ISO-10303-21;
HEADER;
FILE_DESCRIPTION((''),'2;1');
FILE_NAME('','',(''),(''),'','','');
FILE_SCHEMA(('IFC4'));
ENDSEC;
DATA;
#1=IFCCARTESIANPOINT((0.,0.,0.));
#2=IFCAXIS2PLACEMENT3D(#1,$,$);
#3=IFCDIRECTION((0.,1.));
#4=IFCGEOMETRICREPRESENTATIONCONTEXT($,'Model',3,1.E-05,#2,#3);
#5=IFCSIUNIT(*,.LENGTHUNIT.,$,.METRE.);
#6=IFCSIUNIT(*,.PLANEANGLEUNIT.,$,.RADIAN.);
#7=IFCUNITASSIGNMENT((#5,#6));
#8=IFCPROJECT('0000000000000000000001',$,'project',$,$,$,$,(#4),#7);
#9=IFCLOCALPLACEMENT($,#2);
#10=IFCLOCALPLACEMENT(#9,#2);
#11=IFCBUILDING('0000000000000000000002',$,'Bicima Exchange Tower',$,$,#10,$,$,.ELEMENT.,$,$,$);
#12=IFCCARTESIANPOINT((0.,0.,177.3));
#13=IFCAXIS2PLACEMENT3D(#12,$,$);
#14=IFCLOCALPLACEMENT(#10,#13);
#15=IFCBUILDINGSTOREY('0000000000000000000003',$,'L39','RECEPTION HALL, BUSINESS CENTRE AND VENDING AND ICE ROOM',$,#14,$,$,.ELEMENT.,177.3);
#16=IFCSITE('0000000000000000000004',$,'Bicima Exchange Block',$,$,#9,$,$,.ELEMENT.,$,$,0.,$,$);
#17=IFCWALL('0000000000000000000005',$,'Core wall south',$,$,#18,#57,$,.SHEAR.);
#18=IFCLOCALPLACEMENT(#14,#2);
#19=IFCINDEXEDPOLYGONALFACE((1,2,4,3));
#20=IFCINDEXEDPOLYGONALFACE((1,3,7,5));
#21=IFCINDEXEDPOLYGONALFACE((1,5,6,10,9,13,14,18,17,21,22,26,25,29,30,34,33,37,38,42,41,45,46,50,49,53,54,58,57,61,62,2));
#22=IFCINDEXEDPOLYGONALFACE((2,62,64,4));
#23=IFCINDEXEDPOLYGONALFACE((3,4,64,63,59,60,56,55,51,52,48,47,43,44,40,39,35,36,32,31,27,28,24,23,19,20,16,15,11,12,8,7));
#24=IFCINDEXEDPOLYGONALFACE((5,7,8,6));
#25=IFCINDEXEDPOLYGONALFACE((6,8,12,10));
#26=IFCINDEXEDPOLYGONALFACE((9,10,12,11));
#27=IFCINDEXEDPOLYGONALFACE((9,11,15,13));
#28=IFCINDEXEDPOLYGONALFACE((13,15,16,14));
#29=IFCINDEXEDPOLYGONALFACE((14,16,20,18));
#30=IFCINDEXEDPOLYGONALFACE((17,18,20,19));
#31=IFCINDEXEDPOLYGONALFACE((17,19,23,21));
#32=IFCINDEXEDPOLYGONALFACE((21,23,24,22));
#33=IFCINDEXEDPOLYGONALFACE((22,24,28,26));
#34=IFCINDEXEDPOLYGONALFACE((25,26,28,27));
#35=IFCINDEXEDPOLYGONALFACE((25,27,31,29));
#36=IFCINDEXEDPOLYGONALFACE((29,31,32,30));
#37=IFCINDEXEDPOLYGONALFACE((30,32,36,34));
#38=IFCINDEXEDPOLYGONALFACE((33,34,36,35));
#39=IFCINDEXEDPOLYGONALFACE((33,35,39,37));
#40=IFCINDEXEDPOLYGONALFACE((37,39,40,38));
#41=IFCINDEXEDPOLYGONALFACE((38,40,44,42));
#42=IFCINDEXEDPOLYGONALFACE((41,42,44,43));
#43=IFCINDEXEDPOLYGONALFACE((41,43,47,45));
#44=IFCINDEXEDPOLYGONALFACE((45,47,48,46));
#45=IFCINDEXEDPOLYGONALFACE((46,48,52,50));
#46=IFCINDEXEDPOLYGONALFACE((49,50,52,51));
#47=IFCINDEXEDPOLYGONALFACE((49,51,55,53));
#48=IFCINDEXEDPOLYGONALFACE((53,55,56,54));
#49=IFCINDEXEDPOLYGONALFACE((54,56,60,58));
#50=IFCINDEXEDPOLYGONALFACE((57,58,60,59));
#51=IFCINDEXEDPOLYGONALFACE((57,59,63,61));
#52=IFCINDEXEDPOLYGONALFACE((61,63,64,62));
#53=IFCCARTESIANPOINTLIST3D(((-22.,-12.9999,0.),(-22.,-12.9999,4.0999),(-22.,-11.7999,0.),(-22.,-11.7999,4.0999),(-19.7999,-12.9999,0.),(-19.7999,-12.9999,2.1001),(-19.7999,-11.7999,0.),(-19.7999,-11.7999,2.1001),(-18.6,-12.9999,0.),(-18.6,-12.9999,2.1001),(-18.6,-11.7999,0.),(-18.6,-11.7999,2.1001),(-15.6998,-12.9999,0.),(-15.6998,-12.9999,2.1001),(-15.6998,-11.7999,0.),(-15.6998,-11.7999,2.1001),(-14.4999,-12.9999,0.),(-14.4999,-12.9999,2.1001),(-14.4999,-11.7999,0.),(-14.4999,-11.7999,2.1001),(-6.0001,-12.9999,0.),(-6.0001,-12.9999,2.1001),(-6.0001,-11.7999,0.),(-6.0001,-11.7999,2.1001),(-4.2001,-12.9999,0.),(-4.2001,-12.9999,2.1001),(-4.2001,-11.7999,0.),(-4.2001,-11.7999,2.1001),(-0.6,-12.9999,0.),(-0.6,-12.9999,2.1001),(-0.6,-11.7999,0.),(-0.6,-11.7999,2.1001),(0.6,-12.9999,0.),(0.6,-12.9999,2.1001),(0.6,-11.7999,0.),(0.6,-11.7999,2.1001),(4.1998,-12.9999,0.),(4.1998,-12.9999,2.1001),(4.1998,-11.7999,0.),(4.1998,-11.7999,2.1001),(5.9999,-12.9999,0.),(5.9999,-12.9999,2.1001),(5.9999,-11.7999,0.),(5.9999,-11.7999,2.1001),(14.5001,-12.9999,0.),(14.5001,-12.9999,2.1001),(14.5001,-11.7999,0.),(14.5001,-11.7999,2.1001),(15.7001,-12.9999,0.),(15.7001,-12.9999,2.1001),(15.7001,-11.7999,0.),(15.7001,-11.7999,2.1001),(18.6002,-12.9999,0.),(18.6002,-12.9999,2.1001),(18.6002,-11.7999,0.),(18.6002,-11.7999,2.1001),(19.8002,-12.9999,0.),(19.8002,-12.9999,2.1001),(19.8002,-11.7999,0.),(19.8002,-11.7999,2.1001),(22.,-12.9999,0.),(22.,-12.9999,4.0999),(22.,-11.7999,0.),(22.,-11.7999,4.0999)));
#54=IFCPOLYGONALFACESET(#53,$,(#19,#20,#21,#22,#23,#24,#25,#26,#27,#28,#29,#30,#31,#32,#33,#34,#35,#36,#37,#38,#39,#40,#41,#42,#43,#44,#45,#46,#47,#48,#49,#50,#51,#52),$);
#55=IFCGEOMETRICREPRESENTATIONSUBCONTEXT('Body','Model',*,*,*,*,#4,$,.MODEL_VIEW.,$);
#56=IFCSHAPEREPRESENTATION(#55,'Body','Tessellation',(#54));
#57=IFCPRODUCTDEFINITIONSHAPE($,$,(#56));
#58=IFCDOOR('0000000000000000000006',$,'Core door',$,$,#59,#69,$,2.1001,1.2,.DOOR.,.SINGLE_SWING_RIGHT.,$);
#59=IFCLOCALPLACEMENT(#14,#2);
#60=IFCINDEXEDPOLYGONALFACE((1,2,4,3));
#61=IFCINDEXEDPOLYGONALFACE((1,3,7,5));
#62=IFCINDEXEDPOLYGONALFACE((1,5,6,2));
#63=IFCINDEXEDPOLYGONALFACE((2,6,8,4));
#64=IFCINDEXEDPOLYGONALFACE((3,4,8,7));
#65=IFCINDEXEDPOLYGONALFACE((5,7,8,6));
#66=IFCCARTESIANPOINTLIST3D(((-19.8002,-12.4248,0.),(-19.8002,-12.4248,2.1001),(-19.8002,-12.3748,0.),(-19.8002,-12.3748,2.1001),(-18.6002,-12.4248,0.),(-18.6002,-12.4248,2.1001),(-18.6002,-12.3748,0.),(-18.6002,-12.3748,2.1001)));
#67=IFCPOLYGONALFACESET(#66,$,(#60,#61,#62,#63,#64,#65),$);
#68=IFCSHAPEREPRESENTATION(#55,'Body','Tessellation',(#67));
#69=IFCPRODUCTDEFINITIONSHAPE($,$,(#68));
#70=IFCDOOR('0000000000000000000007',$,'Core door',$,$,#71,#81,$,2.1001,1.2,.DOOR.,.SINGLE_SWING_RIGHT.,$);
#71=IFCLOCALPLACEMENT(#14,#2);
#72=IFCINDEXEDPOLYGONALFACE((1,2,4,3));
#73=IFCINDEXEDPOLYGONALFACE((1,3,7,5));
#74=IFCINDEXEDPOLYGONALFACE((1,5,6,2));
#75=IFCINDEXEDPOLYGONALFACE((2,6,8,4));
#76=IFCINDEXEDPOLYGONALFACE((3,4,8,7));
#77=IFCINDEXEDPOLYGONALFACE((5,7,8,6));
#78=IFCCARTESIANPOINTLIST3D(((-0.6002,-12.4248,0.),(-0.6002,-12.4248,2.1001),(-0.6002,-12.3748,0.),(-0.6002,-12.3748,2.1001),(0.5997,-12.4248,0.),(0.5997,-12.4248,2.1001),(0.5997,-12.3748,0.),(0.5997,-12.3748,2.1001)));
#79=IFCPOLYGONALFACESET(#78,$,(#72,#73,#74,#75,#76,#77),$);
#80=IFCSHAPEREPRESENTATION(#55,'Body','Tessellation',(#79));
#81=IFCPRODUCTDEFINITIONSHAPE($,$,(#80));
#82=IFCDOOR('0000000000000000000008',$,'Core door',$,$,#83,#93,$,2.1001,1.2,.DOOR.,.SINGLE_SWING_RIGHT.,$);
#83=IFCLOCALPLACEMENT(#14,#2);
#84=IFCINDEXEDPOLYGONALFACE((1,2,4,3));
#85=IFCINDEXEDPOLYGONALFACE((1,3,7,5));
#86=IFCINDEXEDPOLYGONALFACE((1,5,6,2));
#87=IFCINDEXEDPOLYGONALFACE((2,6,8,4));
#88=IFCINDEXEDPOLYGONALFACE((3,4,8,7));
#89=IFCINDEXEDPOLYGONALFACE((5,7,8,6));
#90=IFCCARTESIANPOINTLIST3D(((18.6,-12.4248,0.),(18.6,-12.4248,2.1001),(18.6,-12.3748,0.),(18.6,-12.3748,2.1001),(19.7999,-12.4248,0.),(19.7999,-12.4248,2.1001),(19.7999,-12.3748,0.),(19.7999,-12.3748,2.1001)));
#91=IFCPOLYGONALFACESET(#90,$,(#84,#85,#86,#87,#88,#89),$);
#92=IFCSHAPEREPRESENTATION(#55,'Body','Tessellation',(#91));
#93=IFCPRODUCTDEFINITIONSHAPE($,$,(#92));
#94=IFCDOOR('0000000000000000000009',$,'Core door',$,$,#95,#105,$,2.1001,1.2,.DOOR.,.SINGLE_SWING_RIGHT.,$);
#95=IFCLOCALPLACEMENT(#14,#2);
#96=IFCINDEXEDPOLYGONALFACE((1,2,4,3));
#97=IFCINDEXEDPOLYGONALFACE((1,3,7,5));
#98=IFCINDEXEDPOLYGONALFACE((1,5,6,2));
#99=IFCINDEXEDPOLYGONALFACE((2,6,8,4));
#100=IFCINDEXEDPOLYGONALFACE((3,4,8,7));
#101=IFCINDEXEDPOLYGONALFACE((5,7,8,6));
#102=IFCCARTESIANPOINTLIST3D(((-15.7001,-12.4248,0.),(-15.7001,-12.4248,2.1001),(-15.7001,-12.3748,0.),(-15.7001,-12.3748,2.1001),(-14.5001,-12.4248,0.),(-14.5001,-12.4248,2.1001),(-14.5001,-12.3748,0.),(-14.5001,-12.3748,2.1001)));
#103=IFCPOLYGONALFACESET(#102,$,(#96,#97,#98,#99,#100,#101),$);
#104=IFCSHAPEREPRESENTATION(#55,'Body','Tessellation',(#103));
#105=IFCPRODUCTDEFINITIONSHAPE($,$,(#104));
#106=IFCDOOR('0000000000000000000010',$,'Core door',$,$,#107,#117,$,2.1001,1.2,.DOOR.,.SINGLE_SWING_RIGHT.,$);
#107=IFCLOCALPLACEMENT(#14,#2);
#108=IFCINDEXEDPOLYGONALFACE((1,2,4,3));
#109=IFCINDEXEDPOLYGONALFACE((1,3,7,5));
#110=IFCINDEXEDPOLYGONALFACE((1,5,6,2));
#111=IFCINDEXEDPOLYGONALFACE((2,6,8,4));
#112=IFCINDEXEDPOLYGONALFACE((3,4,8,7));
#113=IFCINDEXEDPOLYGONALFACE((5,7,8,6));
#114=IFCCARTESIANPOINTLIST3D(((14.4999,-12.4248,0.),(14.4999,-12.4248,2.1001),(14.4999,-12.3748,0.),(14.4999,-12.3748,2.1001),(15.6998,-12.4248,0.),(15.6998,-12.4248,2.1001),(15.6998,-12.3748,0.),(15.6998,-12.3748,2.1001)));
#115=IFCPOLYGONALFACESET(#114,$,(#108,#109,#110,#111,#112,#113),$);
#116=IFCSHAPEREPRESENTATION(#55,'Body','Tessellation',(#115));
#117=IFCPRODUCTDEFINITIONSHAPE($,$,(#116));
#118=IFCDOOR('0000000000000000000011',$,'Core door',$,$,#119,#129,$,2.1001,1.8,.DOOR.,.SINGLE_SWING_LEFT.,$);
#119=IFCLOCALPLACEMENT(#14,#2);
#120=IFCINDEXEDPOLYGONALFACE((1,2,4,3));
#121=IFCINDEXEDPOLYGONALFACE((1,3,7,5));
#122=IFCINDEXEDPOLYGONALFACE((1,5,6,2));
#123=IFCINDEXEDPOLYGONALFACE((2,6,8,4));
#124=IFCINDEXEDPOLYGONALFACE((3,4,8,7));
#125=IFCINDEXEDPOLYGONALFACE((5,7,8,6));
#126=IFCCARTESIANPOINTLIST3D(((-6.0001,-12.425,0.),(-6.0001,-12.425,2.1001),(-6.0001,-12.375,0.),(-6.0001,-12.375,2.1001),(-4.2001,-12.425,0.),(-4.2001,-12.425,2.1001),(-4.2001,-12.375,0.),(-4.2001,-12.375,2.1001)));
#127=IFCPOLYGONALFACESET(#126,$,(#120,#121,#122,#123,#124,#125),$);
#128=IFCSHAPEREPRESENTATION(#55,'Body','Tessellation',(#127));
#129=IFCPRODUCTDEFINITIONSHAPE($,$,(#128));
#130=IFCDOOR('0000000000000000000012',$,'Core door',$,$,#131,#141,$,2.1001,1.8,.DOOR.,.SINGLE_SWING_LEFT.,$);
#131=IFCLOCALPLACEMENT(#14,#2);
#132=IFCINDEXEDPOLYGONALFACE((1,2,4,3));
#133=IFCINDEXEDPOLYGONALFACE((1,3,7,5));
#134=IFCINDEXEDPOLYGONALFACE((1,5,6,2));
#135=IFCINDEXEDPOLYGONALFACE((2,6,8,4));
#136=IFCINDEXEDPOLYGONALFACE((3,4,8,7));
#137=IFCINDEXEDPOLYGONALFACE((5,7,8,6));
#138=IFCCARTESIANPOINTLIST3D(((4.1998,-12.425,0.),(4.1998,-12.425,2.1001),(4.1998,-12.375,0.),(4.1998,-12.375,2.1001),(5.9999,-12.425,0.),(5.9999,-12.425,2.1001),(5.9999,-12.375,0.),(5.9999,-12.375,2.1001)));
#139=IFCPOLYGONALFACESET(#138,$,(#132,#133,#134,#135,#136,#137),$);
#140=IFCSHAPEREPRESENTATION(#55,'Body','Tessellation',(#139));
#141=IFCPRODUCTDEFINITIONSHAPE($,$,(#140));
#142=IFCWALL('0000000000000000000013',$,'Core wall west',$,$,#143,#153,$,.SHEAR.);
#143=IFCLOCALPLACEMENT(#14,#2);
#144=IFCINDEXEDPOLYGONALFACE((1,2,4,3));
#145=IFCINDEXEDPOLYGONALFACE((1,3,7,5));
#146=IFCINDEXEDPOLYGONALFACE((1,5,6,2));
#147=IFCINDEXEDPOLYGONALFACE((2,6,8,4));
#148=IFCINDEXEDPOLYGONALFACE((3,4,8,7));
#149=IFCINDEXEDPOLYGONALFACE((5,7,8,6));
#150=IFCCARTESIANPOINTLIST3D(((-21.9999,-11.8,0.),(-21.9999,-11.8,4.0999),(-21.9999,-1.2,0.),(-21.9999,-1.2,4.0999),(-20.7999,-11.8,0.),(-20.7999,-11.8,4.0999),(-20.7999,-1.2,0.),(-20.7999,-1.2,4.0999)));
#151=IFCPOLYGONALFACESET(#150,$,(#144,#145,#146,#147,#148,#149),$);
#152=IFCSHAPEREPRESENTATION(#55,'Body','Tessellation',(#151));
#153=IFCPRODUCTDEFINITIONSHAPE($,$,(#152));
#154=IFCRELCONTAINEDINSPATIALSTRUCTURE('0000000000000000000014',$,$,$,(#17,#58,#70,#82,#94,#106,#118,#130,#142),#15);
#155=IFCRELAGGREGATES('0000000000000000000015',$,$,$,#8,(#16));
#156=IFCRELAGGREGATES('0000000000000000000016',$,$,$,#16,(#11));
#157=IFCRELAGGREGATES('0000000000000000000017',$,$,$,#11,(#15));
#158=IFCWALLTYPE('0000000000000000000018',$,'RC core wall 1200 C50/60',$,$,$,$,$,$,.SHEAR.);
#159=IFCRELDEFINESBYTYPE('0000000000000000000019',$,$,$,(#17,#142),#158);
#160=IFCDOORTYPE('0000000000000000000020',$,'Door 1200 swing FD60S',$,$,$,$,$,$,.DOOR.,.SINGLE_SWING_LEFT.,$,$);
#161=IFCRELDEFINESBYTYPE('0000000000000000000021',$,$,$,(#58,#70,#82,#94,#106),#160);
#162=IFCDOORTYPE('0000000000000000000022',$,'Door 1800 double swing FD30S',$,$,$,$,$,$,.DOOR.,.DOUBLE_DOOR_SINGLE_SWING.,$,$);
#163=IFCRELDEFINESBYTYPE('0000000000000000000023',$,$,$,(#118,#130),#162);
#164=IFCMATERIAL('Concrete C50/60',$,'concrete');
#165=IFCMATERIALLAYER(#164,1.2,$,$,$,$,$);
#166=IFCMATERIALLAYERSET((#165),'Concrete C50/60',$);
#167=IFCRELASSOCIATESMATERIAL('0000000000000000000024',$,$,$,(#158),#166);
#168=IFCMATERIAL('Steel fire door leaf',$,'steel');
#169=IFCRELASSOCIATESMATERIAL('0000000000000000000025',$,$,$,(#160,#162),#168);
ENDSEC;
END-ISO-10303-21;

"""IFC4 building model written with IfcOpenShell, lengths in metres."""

from ifc_helpers import new_model, si_unit, direction, frame, frame_2d, origin, place, context, subcontext, project, spatial, rectangle, extrude, material, layer, layer_set, type_object, element, fill, save


model = new_model("IFC4")

# Units and contexts
model_context = context("Model", 3, precision=1e-05, world=origin(), true_north=direction((0.0, 1.0)))
body_context = subcontext(model_context, "Body", "Model", "MODEL_VIEW")
ifc_project = project(units=[si_unit("LENGTHUNIT", "METRE"), si_unit("PLANEANGLEUNIT", "RADIAN")], contexts=[model_context])

# Site, building, storey
site_placement = place(None, origin())
site = spatial("IfcSite", under=ifc_project, at=site_placement, Name="Bicima Exchange Block", CompositionType="ELEMENT", RefElevation=0.0)
building_placement = place(site_placement, origin())
building = spatial("IfcBuilding", under=site, at=building_placement, Name="Bicima Exchange Tower", CompositionType="ELEMENT")
storey_placement = place(building_placement, frame((0.0, 0.0, 177.3)))
storey = spatial("IfcBuildingStorey", under=building, at=storey_placement, Name="L39", Description="RECEPTION HALL, BUSINESS CENTRE AND VENDING AND ICE ROOM", CompositionType="ELEMENT", Elevation=177.3)

# Wall, openings, doors
ifc_material_1 = material(Name="Concrete C50/60", Category="concrete")
ifc_layer_1 = layer(ifc_material_1, 1.2)
ifc_layer_set_1 = layer_set([ifc_layer_1], Name="Concrete C50/60")
wall_type_1 = type_object("IfcWallType", Name="RC core wall 1200 C50/60", PredefinedType="SHEAR", material=ifc_layer_set_1)
wall_1_placement = place(storey_placement, frame((-22.0, -12.3999, 0.0), z_axis=(0.0, 0.0, 1.0), x_axis=(1.0, 0.0, 0.0)))
wall_1 = element("IfcWall", 1, at=wall_1_placement, inside=storey, type_object=wall_type_1, Name="Core wall south", PredefinedType="SHEAR", context=body_context, shape_type="SweptSolid", body=[
    extrude(rectangle(XDim=44.0, YDim=1.2, at=frame_2d((22.0, 0.0))), origin(), (0.0, 0.0, 1.0), 4.0999),
])
opening_1_placement = place(wall_1_placement, frame((2.2, 0.0, 0.0)))
opening_1 = element("IfcOpeningElement", 2, at=opening_1_placement, cuts=wall_1, PredefinedType="OPENING", context=body_context, shape_type="SweptSolid", body=[
    extrude(rectangle(XDim=1.2, YDim=2.1001, at=frame_2d((0.6001, 1.05))), frame((0.0, 0.6118, 0.0), z_axis=(0.0, -1.0, 0.0), x_axis=(1.0, 0.0, 0.0)), (0.0, 0.0, 1.0), 1.2239),
])
opening_2_placement = place(wall_1_placement, frame((21.3999, 0.0, 0.0)))
opening_2 = element("IfcOpeningElement", 3, at=opening_2_placement, cuts=wall_1, PredefinedType="OPENING", context=body_context, shape_type="SweptSolid", body=[
    extrude(rectangle(XDim=1.2, YDim=2.1001, at=frame_2d((0.6001, 1.05))), frame((0.0, 0.6118, 0.0), z_axis=(0.0, -1.0, 0.0), x_axis=(1.0, 0.0, 0.0)), (0.0, 0.0, 1.0), 1.2239),
])
opening_3_placement = place(wall_1_placement, frame((40.6001, 0.0, 0.0)))
opening_3 = element("IfcOpeningElement", 4, at=opening_3_placement, cuts=wall_1, PredefinedType="OPENING", context=body_context, shape_type="SweptSolid", body=[
    extrude(rectangle(XDim=1.2, YDim=2.1001, at=frame_2d((0.6001, 1.05))), frame((0.0, 0.6118, 0.0), z_axis=(0.0, -1.0, 0.0), x_axis=(1.0, 0.0, 0.0)), (0.0, 0.0, 1.0), 1.2239),
])
opening_4_placement = place(wall_1_placement, frame((16.0, 0.0, 0.0)))
opening_4 = element("IfcOpeningElement", 5, at=opening_4_placement, cuts=wall_1, PredefinedType="OPENING", context=body_context, shape_type="SweptSolid", body=[
    extrude(rectangle(XDim=1.8, YDim=2.1001, at=frame_2d((0.8999, 1.05))), frame((0.0, 0.6118, 0.0), z_axis=(0.0, -1.0, 0.0), x_axis=(1.0, 0.0, 0.0)), (0.0, 0.0, 1.0), 1.2239),
])
opening_5_placement = place(wall_1_placement, frame((6.3, 0.0, 0.0)))
opening_5 = element("IfcOpeningElement", 6, at=opening_5_placement, cuts=wall_1, PredefinedType="OPENING", context=body_context, shape_type="SweptSolid", body=[
    extrude(rectangle(XDim=1.2, YDim=2.1001, at=frame_2d((0.6001, 1.05))), frame((0.0, 0.6118, 0.0), z_axis=(0.0, -1.0, 0.0), x_axis=(1.0, 0.0, 0.0)), (0.0, 0.0, 1.0), 1.2239),
])
opening_6_placement = place(wall_1_placement, frame((26.2, 0.0, 0.0)))
opening_6 = element("IfcOpeningElement", 7, at=opening_6_placement, cuts=wall_1, PredefinedType="OPENING", context=body_context, shape_type="SweptSolid", body=[
    extrude(rectangle(XDim=1.8, YDim=2.1001, at=frame_2d((0.8999, 1.05))), frame((0.0, 0.6118, 0.0), z_axis=(0.0, -1.0, 0.0), x_axis=(1.0, 0.0, 0.0)), (0.0, 0.0, 1.0), 1.2239),
])
opening_7_placement = place(wall_1_placement, frame((36.5, 0.0, 0.0)))
opening_7 = element("IfcOpeningElement", 8, at=opening_7_placement, cuts=wall_1, PredefinedType="OPENING", context=body_context, shape_type="SweptSolid", body=[
    extrude(rectangle(XDim=1.2, YDim=2.1001, at=frame_2d((0.6001, 1.05))), frame((0.0, 0.6118, 0.0), z_axis=(0.0, -1.0, 0.0), x_axis=(1.0, 0.0, 0.0)), (0.0, 0.0, 1.0), 1.2239),
])
ifc_material_2 = material(Name="Steel fire door leaf", Category="steel")
door_type_1 = type_object("IfcDoorType", Name="Door 1200 swing FD60S", OperationType="SINGLE_SWING_LEFT", PredefinedType="DOOR", material=ifc_material_2)
door_1_placement = place(opening_1_placement, frame((1.2, 0.0, 0.0), z_axis=(0.0, 0.0, 1.0), x_axis=(-1.0, 0.0, 0.0)))
door_1 = element("IfcDoor", 9, at=door_1_placement, inside=storey, type_object=door_type_1, Name="Core door", OperationType="SINGLE_SWING_RIGHT", OverallHeight=2.1001, OverallWidth=1.2, PredefinedType="DOOR", context=body_context, shape_type="SweptSolid", body=[
    extrude(rectangle(XDim=1.2, YDim=2.1001, at=frame_2d((0.6001, 1.05))), frame((0.0, 0.0249, 0.0), z_axis=(0.0, -1.0, 0.0), x_axis=(1.0, 0.0, 0.0)), (0.0, 0.0, 1.0), 0.05),
])
fill(opening_1, door_1)
door_2_placement = place(opening_2_placement, frame((1.2, 0.0, 0.0), z_axis=(0.0, 0.0, 1.0), x_axis=(-1.0, 0.0, 0.0)))
door_2 = element("IfcDoor", 10, at=door_2_placement, inside=storey, type_object=door_type_1, Name="Core door", OperationType="SINGLE_SWING_RIGHT", OverallHeight=2.1001, OverallWidth=1.2, PredefinedType="DOOR", context=body_context, shape_type="SweptSolid", body=[
    extrude(rectangle(XDim=1.2, YDim=2.1001, at=frame_2d((0.6001, 1.05))), frame((0.0, 0.0249, 0.0), z_axis=(0.0, -1.0, 0.0), x_axis=(1.0, 0.0, 0.0)), (0.0, 0.0, 1.0), 0.05),
])
fill(opening_2, door_2)
door_3_placement = place(opening_3_placement, frame((1.2, 0.0, 0.0), z_axis=(0.0, 0.0, 1.0), x_axis=(-1.0, 0.0, 0.0)))
door_3 = element("IfcDoor", 11, at=door_3_placement, inside=storey, type_object=door_type_1, Name="Core door", OperationType="SINGLE_SWING_RIGHT", OverallHeight=2.1001, OverallWidth=1.2, PredefinedType="DOOR", context=body_context, shape_type="SweptSolid", body=[
    extrude(rectangle(XDim=1.2, YDim=2.1001, at=frame_2d((0.6001, 1.05))), frame((0.0, 0.0249, 0.0), z_axis=(0.0, -1.0, 0.0), x_axis=(1.0, 0.0, 0.0)), (0.0, 0.0, 1.0), 0.05),
])
fill(opening_3, door_3)
door_4_placement = place(opening_5_placement, frame((1.2, 0.0, 0.0), z_axis=(0.0, 0.0, 1.0), x_axis=(-1.0, 0.0, 0.0)))
door_4 = element("IfcDoor", 12, at=door_4_placement, inside=storey, type_object=door_type_1, Name="Core door", OperationType="SINGLE_SWING_RIGHT", OverallHeight=2.1001, OverallWidth=1.2, PredefinedType="DOOR", context=body_context, shape_type="SweptSolid", body=[
    extrude(rectangle(XDim=1.2, YDim=2.1001, at=frame_2d((0.6001, 1.05))), frame((0.0, 0.0249, 0.0), z_axis=(0.0, -1.0, 0.0), x_axis=(1.0, 0.0, 0.0)), (0.0, 0.0, 1.0), 0.05),
])
fill(opening_5, door_4)
door_5_placement = place(opening_7_placement, frame((1.2, 0.0, 0.0), z_axis=(0.0, 0.0, 1.0), x_axis=(-1.0, 0.0, 0.0)))
door_5 = element("IfcDoor", 13, at=door_5_placement, inside=storey, type_object=door_type_1, Name="Core door", OperationType="SINGLE_SWING_RIGHT", OverallHeight=2.1001, OverallWidth=1.2, PredefinedType="DOOR", context=body_context, shape_type="SweptSolid", body=[
    extrude(rectangle(XDim=1.2, YDim=2.1001, at=frame_2d((0.6001, 1.05))), frame((0.0, 0.0249, 0.0), z_axis=(0.0, -1.0, 0.0), x_axis=(1.0, 0.0, 0.0)), (0.0, 0.0, 1.0), 0.05),
])
fill(opening_7, door_5)
door_type_2 = type_object("IfcDoorType", Name="Door 1800 double swing FD30S", OperationType="DOUBLE_DOOR_SINGLE_SWING", PredefinedType="DOOR", material=ifc_material_2)
door_6_placement = place(opening_4_placement, origin())
door_6 = element("IfcDoor", 14, at=door_6_placement, inside=storey, type_object=door_type_2, Name="Core door", OperationType="SINGLE_SWING_LEFT", OverallHeight=2.1001, OverallWidth=1.8, PredefinedType="DOOR", context=body_context, shape_type="SweptSolid", body=[
    extrude(rectangle(XDim=1.8, YDim=2.1001, at=frame_2d((0.8999, 1.05))), frame((0.0, 0.0249, 0.0), z_axis=(0.0, -1.0, 0.0), x_axis=(1.0, 0.0, 0.0)), (0.0, 0.0, 1.0), 0.05),
])
fill(opening_4, door_6)
door_7_placement = place(opening_6_placement, origin())
door_7 = element("IfcDoor", 15, at=door_7_placement, inside=storey, type_object=door_type_2, Name="Core door", OperationType="SINGLE_SWING_LEFT", OverallHeight=2.1001, OverallWidth=1.8, PredefinedType="DOOR", context=body_context, shape_type="SweptSolid", body=[
    extrude(rectangle(XDim=1.8, YDim=2.1001, at=frame_2d((0.8999, 1.05))), frame((0.0, 0.0249, 0.0), z_axis=(0.0, -1.0, 0.0), x_axis=(1.0, 0.0, 0.0)), (0.0, 0.0, 1.0), 0.05),
])
fill(opening_6, door_7)

# Wall
wall_2_placement = place(storey_placement, frame((-21.3999, -11.8, 0.0), z_axis=(0.0, 0.0, 1.0), x_axis=(0.0, 1.0, 0.0)))
element("IfcWall", 16, at=wall_2_placement, inside=storey, type_object=wall_type_1, Name="Core wall west", PredefinedType="SHEAR", context=body_context, shape_type="SweptSolid", body=[
    extrude(rectangle(XDim=10.6001, YDim=1.2, at=frame_2d((5.3, 0.0))), origin(), (0.0, 0.0, 1.0), 4.0999),
])

save(model, "model.ifc")
